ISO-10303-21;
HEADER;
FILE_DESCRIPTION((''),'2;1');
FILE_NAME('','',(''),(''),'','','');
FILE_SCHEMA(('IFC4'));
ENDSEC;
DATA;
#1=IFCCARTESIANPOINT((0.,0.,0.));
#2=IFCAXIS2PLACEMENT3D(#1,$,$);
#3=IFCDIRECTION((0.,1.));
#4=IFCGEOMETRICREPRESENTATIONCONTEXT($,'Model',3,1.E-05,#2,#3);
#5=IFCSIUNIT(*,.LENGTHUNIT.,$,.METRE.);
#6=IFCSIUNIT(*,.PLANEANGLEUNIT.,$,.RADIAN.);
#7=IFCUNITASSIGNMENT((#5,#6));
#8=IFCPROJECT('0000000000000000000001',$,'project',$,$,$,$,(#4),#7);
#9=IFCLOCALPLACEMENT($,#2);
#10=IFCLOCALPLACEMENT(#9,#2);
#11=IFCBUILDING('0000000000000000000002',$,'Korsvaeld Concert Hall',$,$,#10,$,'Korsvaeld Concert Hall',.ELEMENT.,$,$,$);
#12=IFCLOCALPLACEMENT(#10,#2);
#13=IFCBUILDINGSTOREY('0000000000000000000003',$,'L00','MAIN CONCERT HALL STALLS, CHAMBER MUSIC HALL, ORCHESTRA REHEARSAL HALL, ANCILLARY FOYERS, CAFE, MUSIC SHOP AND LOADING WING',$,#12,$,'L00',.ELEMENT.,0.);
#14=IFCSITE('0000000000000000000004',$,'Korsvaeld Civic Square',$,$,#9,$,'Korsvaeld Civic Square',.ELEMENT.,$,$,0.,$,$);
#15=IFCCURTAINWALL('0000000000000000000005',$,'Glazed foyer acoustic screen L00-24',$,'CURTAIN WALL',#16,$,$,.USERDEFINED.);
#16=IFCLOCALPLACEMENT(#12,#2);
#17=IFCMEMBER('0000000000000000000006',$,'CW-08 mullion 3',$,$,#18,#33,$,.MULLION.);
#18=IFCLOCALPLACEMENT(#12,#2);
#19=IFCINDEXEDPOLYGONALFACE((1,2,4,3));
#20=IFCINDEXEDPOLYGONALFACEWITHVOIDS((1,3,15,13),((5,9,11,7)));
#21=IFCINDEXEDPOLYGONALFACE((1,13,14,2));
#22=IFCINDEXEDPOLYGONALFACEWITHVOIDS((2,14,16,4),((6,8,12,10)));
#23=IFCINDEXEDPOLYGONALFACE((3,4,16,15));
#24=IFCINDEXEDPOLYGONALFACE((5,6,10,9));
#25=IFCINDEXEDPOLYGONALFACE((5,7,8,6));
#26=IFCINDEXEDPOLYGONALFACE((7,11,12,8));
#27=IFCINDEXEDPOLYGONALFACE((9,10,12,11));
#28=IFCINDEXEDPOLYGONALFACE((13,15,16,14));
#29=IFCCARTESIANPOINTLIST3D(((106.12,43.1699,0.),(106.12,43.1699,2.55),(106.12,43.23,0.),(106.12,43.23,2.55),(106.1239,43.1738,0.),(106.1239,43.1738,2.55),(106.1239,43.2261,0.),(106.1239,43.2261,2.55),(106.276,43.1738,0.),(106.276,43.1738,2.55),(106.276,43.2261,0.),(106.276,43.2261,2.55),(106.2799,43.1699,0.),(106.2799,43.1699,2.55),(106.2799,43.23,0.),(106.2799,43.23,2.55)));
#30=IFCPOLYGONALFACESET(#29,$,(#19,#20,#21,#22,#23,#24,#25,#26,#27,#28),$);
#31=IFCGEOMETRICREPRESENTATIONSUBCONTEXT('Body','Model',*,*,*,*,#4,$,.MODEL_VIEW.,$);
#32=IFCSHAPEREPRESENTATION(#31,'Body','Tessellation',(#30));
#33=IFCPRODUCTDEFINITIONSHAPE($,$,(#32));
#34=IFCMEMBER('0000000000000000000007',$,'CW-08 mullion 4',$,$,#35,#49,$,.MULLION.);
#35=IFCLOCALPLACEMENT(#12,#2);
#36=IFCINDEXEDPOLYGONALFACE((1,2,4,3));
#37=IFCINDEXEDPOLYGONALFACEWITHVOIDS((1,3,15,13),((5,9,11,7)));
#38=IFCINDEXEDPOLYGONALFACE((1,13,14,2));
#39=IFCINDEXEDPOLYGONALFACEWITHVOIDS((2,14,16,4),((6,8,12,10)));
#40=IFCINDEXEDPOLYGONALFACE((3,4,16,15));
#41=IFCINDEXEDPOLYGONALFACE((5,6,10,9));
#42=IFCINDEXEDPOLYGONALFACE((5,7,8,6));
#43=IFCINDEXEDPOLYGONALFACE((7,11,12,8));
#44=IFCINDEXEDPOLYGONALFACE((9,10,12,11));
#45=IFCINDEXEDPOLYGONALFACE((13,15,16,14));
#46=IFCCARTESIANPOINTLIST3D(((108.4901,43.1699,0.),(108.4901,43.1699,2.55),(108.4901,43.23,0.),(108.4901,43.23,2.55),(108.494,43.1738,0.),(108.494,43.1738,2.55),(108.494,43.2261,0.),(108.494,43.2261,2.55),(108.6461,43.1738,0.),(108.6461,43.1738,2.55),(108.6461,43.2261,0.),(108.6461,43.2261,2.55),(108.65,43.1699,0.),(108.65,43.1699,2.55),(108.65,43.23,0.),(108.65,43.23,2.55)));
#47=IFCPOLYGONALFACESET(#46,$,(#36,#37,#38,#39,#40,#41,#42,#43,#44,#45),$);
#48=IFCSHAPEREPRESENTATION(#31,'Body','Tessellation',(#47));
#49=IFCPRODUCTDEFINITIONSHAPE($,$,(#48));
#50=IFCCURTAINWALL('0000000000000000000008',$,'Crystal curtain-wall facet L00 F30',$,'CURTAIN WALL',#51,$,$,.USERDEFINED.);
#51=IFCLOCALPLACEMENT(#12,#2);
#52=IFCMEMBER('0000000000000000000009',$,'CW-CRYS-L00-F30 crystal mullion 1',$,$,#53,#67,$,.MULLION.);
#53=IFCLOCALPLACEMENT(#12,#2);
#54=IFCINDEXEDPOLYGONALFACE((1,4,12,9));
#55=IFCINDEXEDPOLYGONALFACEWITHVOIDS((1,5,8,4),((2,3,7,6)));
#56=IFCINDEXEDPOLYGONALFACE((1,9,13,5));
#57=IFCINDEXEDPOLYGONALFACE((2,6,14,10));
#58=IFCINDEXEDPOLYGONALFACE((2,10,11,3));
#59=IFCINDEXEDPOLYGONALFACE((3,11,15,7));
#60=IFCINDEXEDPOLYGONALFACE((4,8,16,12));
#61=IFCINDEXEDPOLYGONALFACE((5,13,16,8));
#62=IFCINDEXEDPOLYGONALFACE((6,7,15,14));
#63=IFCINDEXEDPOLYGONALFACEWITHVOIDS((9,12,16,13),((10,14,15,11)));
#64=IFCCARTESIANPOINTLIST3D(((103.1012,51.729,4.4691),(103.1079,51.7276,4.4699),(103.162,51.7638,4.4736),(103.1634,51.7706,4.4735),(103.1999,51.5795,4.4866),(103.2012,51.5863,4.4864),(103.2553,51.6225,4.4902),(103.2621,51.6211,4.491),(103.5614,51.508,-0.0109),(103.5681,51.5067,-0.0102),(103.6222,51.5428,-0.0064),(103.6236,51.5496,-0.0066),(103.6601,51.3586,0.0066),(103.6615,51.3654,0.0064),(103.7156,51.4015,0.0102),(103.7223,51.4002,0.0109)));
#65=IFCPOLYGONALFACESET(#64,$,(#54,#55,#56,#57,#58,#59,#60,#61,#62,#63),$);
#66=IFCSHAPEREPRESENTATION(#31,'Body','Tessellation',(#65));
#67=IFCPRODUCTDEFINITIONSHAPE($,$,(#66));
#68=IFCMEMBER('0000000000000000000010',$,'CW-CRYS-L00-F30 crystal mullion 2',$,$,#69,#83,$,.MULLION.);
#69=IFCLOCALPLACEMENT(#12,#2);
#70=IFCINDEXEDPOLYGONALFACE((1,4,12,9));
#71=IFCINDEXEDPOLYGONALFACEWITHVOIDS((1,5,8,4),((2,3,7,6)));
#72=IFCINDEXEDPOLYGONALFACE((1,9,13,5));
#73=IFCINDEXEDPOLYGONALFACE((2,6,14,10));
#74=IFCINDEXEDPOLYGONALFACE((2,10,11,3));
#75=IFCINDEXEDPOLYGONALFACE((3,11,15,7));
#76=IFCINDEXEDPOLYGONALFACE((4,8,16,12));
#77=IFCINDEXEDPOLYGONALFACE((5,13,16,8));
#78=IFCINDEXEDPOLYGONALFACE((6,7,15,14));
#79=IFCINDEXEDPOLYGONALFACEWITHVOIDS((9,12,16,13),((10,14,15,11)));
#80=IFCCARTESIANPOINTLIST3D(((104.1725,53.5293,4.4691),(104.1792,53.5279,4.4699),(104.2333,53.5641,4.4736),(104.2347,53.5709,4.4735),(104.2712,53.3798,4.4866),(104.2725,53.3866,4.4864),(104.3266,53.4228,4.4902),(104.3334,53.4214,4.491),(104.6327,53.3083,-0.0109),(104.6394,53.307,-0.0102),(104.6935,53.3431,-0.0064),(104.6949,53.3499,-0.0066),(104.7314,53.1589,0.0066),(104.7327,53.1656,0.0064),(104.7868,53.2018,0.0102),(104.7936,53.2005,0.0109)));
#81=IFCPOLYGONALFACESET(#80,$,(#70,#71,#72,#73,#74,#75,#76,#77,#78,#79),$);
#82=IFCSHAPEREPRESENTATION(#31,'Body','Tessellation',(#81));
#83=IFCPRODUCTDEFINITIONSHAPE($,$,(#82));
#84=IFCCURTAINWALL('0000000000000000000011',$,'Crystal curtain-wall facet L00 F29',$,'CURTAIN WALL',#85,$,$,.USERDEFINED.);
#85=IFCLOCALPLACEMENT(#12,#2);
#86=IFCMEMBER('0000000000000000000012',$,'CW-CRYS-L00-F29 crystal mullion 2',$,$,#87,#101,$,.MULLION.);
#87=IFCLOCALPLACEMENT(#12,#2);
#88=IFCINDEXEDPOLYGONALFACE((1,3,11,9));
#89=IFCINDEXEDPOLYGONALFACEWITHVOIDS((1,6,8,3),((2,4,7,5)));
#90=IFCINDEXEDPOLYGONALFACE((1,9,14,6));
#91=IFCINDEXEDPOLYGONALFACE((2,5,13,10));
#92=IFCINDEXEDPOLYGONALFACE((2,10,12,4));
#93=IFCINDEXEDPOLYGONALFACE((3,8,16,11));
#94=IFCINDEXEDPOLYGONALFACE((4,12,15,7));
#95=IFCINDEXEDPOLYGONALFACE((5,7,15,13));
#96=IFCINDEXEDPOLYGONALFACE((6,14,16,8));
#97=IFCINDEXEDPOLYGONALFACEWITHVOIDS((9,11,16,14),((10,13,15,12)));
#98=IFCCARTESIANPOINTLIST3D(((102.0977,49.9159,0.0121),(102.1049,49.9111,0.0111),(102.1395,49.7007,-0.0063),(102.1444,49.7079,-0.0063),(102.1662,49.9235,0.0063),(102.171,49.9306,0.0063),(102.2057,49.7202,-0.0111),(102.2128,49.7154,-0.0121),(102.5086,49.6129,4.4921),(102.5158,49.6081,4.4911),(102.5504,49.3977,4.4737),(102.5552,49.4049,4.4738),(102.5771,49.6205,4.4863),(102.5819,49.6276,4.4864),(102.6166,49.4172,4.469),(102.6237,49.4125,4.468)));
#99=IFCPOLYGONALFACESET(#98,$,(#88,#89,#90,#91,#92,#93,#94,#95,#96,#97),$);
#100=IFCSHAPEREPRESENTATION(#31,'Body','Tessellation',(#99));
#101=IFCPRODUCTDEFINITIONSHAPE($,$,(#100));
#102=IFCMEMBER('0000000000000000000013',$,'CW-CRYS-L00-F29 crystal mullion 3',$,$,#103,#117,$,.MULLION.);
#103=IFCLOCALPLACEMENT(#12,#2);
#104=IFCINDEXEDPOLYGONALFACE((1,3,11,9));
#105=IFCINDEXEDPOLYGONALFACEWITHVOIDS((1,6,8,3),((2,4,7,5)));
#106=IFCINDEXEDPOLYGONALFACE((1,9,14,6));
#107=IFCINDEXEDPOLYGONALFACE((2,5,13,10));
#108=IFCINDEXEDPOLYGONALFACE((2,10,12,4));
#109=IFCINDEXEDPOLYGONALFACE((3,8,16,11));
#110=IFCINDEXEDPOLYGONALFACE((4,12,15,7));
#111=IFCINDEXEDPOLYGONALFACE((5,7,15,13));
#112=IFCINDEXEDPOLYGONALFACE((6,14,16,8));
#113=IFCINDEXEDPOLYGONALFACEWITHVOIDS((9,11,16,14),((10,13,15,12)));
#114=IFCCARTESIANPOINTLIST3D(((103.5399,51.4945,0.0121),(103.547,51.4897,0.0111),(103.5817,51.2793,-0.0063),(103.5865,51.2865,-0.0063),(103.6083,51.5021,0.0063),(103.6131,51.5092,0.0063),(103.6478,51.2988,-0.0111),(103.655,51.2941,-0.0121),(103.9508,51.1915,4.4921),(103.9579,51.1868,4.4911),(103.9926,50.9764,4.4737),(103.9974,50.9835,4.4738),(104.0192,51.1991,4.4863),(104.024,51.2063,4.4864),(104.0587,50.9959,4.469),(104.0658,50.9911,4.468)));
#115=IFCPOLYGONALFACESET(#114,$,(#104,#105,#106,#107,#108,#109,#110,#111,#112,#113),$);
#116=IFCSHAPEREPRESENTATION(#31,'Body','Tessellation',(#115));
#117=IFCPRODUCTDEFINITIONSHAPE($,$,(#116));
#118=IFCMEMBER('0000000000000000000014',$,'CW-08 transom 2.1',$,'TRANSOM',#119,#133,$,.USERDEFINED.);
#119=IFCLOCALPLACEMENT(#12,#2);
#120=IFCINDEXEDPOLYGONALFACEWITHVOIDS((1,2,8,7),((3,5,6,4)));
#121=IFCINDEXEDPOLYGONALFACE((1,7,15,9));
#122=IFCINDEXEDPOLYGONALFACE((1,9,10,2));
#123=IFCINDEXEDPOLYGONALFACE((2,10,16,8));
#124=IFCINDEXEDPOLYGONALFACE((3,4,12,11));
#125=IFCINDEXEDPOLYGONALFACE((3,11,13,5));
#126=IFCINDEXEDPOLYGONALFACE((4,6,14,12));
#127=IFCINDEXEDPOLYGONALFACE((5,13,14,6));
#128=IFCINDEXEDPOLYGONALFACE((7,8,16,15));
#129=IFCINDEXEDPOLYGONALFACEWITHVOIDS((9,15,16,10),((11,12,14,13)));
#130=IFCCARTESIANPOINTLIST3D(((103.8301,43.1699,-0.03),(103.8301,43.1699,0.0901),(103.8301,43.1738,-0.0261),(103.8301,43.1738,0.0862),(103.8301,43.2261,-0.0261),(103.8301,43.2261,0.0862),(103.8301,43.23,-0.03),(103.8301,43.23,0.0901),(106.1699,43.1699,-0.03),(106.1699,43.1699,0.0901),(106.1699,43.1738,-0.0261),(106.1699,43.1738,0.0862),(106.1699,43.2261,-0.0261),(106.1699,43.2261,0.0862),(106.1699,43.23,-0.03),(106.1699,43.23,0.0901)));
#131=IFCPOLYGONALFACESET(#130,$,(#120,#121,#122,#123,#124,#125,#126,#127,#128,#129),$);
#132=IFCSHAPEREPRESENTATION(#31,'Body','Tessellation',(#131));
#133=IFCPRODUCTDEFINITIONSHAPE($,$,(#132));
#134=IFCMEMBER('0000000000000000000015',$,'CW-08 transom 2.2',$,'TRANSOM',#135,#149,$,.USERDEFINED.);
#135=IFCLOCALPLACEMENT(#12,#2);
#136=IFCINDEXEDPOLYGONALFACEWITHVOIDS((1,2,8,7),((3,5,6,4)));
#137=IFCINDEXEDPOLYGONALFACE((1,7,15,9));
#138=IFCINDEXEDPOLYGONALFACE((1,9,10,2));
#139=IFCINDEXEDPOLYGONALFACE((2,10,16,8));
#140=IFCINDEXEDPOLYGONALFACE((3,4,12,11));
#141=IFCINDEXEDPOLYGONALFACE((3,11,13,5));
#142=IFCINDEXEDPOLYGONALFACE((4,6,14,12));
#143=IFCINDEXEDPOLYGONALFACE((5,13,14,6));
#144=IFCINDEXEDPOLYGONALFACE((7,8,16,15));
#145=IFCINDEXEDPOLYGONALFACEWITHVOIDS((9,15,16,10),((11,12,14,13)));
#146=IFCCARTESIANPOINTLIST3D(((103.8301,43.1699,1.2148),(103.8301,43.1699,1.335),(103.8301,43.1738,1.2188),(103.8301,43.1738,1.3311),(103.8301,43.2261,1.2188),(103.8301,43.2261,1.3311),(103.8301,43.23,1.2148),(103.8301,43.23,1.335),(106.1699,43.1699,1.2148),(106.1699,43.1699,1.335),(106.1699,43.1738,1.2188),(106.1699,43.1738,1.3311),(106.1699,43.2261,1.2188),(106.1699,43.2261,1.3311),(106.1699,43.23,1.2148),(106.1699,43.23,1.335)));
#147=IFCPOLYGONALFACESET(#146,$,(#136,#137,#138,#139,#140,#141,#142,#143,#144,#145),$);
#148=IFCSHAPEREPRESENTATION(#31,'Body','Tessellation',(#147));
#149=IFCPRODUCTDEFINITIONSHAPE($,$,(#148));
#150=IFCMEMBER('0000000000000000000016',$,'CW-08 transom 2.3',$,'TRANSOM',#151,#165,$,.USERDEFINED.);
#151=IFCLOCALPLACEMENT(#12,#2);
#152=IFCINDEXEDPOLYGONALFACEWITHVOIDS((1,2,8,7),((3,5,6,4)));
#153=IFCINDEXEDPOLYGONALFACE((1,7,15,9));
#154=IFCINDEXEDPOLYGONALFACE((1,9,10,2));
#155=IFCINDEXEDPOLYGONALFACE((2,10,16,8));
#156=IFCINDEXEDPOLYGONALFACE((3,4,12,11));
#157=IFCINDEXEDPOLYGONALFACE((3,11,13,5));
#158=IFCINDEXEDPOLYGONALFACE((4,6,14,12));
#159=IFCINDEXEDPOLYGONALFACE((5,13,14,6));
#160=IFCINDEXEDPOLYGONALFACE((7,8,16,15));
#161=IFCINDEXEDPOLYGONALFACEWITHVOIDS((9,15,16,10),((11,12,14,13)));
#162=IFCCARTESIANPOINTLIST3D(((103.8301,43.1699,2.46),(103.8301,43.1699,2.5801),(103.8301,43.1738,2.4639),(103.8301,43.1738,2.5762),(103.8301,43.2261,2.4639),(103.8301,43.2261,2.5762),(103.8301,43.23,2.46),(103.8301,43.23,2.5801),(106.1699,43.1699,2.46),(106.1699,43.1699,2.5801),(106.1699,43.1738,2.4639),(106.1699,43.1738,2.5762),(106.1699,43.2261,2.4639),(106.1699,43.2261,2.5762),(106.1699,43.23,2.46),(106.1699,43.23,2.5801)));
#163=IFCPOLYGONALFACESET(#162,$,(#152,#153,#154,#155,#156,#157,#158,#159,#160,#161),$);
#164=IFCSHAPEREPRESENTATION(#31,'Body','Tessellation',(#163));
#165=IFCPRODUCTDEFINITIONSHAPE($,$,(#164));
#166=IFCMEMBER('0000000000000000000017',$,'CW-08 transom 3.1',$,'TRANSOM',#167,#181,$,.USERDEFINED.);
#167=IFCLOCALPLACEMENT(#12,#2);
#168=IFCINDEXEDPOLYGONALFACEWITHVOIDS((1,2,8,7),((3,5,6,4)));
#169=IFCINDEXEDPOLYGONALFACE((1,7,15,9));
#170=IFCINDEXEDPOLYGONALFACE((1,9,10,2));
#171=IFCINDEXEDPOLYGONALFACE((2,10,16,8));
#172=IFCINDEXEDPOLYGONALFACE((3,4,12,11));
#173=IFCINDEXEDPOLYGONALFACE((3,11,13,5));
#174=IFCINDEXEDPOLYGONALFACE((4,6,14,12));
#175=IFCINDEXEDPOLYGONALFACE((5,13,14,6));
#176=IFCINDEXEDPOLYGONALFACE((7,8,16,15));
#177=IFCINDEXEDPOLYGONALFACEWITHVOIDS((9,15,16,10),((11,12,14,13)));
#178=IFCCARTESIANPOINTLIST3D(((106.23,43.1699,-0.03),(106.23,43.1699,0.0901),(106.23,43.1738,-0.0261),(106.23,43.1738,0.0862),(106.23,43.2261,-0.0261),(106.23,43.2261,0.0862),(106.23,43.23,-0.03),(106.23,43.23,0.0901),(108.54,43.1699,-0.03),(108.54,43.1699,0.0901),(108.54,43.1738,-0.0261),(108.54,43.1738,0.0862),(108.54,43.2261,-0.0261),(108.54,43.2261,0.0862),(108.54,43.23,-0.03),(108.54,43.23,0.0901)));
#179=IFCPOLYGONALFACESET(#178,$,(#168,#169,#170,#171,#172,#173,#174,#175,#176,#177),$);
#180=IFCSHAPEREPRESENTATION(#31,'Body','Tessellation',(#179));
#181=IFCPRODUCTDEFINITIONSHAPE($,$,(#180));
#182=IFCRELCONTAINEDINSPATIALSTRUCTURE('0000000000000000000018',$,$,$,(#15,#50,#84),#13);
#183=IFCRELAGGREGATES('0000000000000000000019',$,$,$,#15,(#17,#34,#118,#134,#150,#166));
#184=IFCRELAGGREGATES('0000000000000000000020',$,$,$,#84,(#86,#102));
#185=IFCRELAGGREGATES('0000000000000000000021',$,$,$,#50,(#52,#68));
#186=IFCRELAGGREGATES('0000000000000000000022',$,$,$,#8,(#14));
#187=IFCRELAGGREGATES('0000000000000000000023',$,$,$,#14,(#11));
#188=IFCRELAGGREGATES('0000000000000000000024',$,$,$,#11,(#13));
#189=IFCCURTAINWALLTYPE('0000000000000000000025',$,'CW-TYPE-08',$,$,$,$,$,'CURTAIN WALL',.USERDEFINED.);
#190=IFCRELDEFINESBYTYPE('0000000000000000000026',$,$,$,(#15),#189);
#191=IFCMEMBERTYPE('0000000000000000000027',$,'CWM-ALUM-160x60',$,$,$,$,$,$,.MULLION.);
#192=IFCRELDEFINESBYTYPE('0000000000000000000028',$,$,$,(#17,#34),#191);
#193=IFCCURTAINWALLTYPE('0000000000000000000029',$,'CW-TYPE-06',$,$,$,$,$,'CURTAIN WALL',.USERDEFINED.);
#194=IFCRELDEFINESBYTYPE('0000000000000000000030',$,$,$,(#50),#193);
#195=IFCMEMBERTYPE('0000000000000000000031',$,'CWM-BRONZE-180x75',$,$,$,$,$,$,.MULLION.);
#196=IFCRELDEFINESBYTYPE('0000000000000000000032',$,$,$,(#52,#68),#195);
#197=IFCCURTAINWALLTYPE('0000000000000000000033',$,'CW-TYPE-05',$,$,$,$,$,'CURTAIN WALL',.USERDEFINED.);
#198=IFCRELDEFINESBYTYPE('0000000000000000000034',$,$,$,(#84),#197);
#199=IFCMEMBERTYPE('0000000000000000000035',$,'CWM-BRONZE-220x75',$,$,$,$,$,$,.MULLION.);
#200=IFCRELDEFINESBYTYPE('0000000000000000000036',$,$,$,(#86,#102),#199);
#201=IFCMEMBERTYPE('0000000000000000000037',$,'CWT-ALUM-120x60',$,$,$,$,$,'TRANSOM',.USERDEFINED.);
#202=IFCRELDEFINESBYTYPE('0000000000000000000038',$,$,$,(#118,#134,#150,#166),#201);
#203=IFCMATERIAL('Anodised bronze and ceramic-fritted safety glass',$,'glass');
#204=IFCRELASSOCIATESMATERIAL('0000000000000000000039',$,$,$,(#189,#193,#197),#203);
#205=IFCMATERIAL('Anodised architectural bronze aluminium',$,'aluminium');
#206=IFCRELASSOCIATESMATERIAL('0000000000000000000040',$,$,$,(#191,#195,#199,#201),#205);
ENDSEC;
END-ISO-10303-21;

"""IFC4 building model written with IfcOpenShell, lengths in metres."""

from ifc_helpers import new_model, si_unit, direction, frame, origin, origin_2d, place, context, subcontext, project, spatial, hollow_rectangle, extrude, material, material_profile, profile_set, type_object, element, aggregate, save


model = new_model("IFC4")

# Units and contexts
model_context = context("Model", 3, precision=1e-05, world=origin(), true_north=direction((0.0, 1.0)))
body_context = subcontext(model_context, "Body", "Model", "MODEL_VIEW")
ifc_project = project(units=[si_unit("LENGTHUNIT", "METRE"), si_unit("PLANEANGLEUNIT", "RADIAN")], contexts=[model_context])

# Site, building, storey
site_placement = place(None, origin())
site = spatial("IfcSite", under=ifc_project, at=site_placement, Name="Korsvaeld Civic Square", LongName="Korsvaeld Civic Square", CompositionType="ELEMENT", RefElevation=0.0)
building_placement = place(site_placement, origin())
building = spatial("IfcBuilding", under=site, at=building_placement, Name="Korsvaeld Concert Hall", LongName="Korsvaeld Concert Hall", CompositionType="ELEMENT")
storey_placement = place(building_placement, origin())
storey = spatial("IfcBuildingStorey", under=building, at=storey_placement, Name="L00", Description="MAIN CONCERT HALL STALLS, CHAMBER MUSIC HALL, ORCHESTRA REHEARSAL HALL, ANCILLARY FOYERS, CAFE, MUSIC SHOP AND LOADING WING", LongName="L00", CompositionType="ELEMENT", Elevation=0.0)

# Curtain walls, members
ifc_material_1 = material(Name="Anodised bronze and ceramic-fritted safety glass", Category="glass")
curtain_wall_type_1 = type_object("IfcCurtainWallType", Name="CW-TYPE-08", ElementType="CURTAIN WALL", PredefinedType="USERDEFINED", material=ifc_material_1)
curtain_wall_1_placement = place(storey_placement, origin())
curtain_wall_1 = element("IfcCurtainWall", 1, at=curtain_wall_1_placement, inside=storey, type_object=curtain_wall_type_1, Name="Glazed foyer acoustic screen L00-24", ObjectType="CURTAIN WALL", PredefinedType="USERDEFINED")
ifc_material_2 = material(Name="Anodised architectural bronze aluminium", Category="aluminium")
ifc_material_profile_1 = material_profile(ifc_material_2, hollow_rectangle(XDim=0.0601, YDim=0.1599, WallThickness=0.0039, at=origin_2d()), Name="CWM 160x60x4")
ifc_profile_set_1 = profile_set([ifc_material_profile_1], Name="Anodised architectural bronze aluminium")
member_type_1 = type_object("IfcMemberType", Name="CWM-ALUM-160x60", PredefinedType="MULLION", material=ifc_profile_set_1)
member_1_placement = place(storey_placement, frame((106.2, 43.2, 0.0), z_axis=(0.0, 0.0, 1.0), x_axis=(0.0, 1.0, 0.0)))
member_1 = element("IfcMember", 2, at=member_1_placement, type_object=member_type_1, Name="CW-08 mullion 3", PredefinedType="MULLION", context=body_context, shape_type="SweptSolid", body=[
    extrude(hollow_rectangle(XDim=0.0601, YDim=0.1599, WallThickness=0.0039, at=origin_2d()), origin(), (0.0, 0.0, 1.0), 2.55),
])
member_2_placement = place(storey_placement, frame((108.5701, 43.2, 0.0), z_axis=(0.0, 0.0, 1.0), x_axis=(0.0, 1.0, 0.0)))
member_2 = element("IfcMember", 3, at=member_2_placement, type_object=member_type_1, Name="CW-08 mullion 4", PredefinedType="MULLION", context=body_context, shape_type="SweptSolid", body=[
    extrude(hollow_rectangle(XDim=0.0601, YDim=0.1599, WallThickness=0.0039, at=origin_2d()), origin(), (0.0, 0.0, 1.0), 2.55),
])
curtain_wall_type_2 = type_object("IfcCurtainWallType", Name="CW-TYPE-06", ElementType="CURTAIN WALL", PredefinedType="USERDEFINED", material=ifc_material_1)
curtain_wall_2_placement = place(storey_placement, origin())
curtain_wall_2 = element("IfcCurtainWall", 4, at=curtain_wall_2_placement, inside=storey, type_object=curtain_wall_type_2, Name="Crystal curtain-wall facet L00 F30", ObjectType="CURTAIN WALL", PredefinedType="USERDEFINED")
ifc_material_profile_2 = material_profile(ifc_material_2, hollow_rectangle(XDim=0.075, YDim=0.1799, WallThickness=0.0049, at=origin_2d()), Name="CWM 180x75x5")
ifc_profile_set_2 = profile_set([ifc_material_profile_2], Name="Anodised architectural bronze aluminium")
member_type_2 = type_object("IfcMemberType", Name="CWM-BRONZE-180x75", PredefinedType="MULLION", material=ifc_profile_set_2)
member_3_placement = place(storey_placement, frame((103.6418, 51.4541, 0.0), z_axis=(-0.102064, 0.049002, 0.99357), x_axis=(0.829955, 0.554817, 0.057894)))
member_3 = element("IfcMember", 5, at=member_3_placement, type_object=member_type_2, Name="CW-CRYS-L00-F30 crystal mullion 1", PredefinedType="MULLION", context=body_context, shape_type="SweptSolid", body=[
    extrude(hollow_rectangle(XDim=0.075, YDim=0.1799, WallThickness=0.0049, at=origin_2d()), origin(), (0.0, 0.0, 1.0), 4.509),
])
member_4_placement = place(storey_placement, frame((104.7131, 53.2544, 0.0), z_axis=(-0.102064, 0.049002, 0.99357), x_axis=(0.829955, 0.554817, 0.057894)))
member_4 = element("IfcMember", 6, at=member_4_placement, type_object=member_type_2, Name="CW-CRYS-L00-F30 crystal mullion 2", PredefinedType="MULLION", context=body_context, shape_type="SweptSolid", body=[
    extrude(hollow_rectangle(XDim=0.075, YDim=0.1799, WallThickness=0.0049, at=origin_2d()), origin(), (0.0, 0.0, 1.0), 4.509),
])
curtain_wall_type_3 = type_object("IfcCurtainWallType", Name="CW-TYPE-05", ElementType="CURTAIN WALL", PredefinedType="USERDEFINED", material=ifc_material_1)
curtain_wall_3_placement = place(storey_placement, origin())
curtain_wall_3 = element("IfcCurtainWall", 7, at=curtain_wall_3_placement, inside=storey, type_object=curtain_wall_type_3, Name="Crystal curtain-wall facet L00 F29", ObjectType="CURTAIN WALL", PredefinedType="USERDEFINED")
ifc_material_profile_3 = material_profile(ifc_material_2, hollow_rectangle(XDim=0.075, YDim=0.22, WallThickness=0.0061, at=origin_2d()), Name="CWM 220x75x6")
ifc_profile_set_3 = profile_set([ifc_material_profile_3], Name="Anodised architectural bronze aluminium")
member_type_3 = type_object("IfcMemberType", Name="CWM-BRONZE-220x75", PredefinedType="MULLION", material=ifc_profile_set_3)
member_5_placement = place(storey_placement, frame((102.1553, 49.8157, 0.0), z_axis=(0.091127, -0.067195, 0.99357), x_axis=(-0.977527, -0.19649, 0.076367)))
member_5 = element("IfcMember", 8, at=member_5_placement, type_object=member_type_3, Name="CW-CRYS-L00-F29 crystal mullion 2", PredefinedType="MULLION", context=body_context, shape_type="SweptSolid", body=[
    extrude(hollow_rectangle(XDim=0.075, YDim=0.22, WallThickness=0.0061, at=origin_2d()), origin(), (0.0, 0.0, 1.0), 4.509),
])
member_6_placement = place(storey_placement, frame((103.5974, 51.3943, 0.0), z_axis=(0.091127, -0.067195, 0.99357), x_axis=(-0.977527, -0.19649, 0.076367)))
member_6 = element("IfcMember", 9, at=member_6_placement, type_object=member_type_3, Name="CW-CRYS-L00-F29 crystal mullion 3", PredefinedType="MULLION", context=body_context, shape_type="SweptSolid", body=[
    extrude(hollow_rectangle(XDim=0.075, YDim=0.22, WallThickness=0.0061, at=origin_2d()), origin(), (0.0, 0.0, 1.0), 4.509),
])

# Members
ifc_material_profile_4 = material_profile(ifc_material_2, hollow_rectangle(XDim=0.0601, YDim=0.1201, WallThickness=0.0039, at=origin_2d()), Name="CWT 120x60x4")
ifc_profile_set_4 = profile_set([ifc_material_profile_4], Name="Anodised architectural bronze aluminium")
member_type_4 = type_object("IfcMemberType", Name="CWT-ALUM-120x60", ElementType="TRANSOM", PredefinedType="USERDEFINED", material=ifc_profile_set_4)
member_7_placement = place(storey_placement, frame((103.8301, 43.2, 0.03), z_axis=(1.0, 0.0, 0.0), x_axis=(0.0, 1.0, 0.0)))
member_7 = element("IfcMember", 10, at=member_7_placement, type_object=member_type_4, Name="CW-08 transom 2.1", ObjectType="TRANSOM", PredefinedType="USERDEFINED", context=body_context, shape_type="SweptSolid", body=[
    extrude(hollow_rectangle(XDim=0.0601, YDim=0.1201, WallThickness=0.0039, at=origin_2d()), origin(), (0.0, 0.0, 1.0), 2.3398),
])
member_8_placement = place(storey_placement, frame((103.8301, 43.2, 1.2749), z_axis=(1.0, 0.0, 0.0), x_axis=(0.0, 1.0, 0.0)))
member_8 = element("IfcMember", 11, at=member_8_placement, type_object=member_type_4, Name="CW-08 transom 2.2", ObjectType="TRANSOM", PredefinedType="USERDEFINED", context=body_context, shape_type="SweptSolid", body=[
    extrude(hollow_rectangle(XDim=0.0601, YDim=0.1201, WallThickness=0.0039, at=origin_2d()), origin(), (0.0, 0.0, 1.0), 2.3398),
])
member_9_placement = place(storey_placement, frame((103.8301, 43.2, 2.52), z_axis=(1.0, 0.0, 0.0), x_axis=(0.0, 1.0, 0.0)))
member_9 = element("IfcMember", 12, at=member_9_placement, type_object=member_type_4, Name="CW-08 transom 2.3", ObjectType="TRANSOM", PredefinedType="USERDEFINED", context=body_context, shape_type="SweptSolid", body=[
    extrude(hollow_rectangle(XDim=0.0601, YDim=0.1201, WallThickness=0.0039, at=origin_2d()), origin(), (0.0, 0.0, 1.0), 2.3398),
])
member_10_placement = place(storey_placement, frame((106.23, 43.2, 0.03), z_axis=(1.0, 0.0, 0.0), x_axis=(0.0, 1.0, 0.0)))
member_10 = element("IfcMember", 13, at=member_10_placement, type_object=member_type_4, Name="CW-08 transom 3.1", ObjectType="TRANSOM", PredefinedType="USERDEFINED", context=body_context, shape_type="SweptSolid", body=[
    extrude(hollow_rectangle(XDim=0.0601, YDim=0.1201, WallThickness=0.0039, at=origin_2d()), origin(), (0.0, 0.0, 1.0), 2.3101),
])

aggregate(curtain_wall_1, [member_1, member_2, member_7, member_8, member_9, member_10])
aggregate(curtain_wall_3, [member_5, member_6])
aggregate(curtain_wall_2, [member_3, member_4])

save(model, "model.ifc")
